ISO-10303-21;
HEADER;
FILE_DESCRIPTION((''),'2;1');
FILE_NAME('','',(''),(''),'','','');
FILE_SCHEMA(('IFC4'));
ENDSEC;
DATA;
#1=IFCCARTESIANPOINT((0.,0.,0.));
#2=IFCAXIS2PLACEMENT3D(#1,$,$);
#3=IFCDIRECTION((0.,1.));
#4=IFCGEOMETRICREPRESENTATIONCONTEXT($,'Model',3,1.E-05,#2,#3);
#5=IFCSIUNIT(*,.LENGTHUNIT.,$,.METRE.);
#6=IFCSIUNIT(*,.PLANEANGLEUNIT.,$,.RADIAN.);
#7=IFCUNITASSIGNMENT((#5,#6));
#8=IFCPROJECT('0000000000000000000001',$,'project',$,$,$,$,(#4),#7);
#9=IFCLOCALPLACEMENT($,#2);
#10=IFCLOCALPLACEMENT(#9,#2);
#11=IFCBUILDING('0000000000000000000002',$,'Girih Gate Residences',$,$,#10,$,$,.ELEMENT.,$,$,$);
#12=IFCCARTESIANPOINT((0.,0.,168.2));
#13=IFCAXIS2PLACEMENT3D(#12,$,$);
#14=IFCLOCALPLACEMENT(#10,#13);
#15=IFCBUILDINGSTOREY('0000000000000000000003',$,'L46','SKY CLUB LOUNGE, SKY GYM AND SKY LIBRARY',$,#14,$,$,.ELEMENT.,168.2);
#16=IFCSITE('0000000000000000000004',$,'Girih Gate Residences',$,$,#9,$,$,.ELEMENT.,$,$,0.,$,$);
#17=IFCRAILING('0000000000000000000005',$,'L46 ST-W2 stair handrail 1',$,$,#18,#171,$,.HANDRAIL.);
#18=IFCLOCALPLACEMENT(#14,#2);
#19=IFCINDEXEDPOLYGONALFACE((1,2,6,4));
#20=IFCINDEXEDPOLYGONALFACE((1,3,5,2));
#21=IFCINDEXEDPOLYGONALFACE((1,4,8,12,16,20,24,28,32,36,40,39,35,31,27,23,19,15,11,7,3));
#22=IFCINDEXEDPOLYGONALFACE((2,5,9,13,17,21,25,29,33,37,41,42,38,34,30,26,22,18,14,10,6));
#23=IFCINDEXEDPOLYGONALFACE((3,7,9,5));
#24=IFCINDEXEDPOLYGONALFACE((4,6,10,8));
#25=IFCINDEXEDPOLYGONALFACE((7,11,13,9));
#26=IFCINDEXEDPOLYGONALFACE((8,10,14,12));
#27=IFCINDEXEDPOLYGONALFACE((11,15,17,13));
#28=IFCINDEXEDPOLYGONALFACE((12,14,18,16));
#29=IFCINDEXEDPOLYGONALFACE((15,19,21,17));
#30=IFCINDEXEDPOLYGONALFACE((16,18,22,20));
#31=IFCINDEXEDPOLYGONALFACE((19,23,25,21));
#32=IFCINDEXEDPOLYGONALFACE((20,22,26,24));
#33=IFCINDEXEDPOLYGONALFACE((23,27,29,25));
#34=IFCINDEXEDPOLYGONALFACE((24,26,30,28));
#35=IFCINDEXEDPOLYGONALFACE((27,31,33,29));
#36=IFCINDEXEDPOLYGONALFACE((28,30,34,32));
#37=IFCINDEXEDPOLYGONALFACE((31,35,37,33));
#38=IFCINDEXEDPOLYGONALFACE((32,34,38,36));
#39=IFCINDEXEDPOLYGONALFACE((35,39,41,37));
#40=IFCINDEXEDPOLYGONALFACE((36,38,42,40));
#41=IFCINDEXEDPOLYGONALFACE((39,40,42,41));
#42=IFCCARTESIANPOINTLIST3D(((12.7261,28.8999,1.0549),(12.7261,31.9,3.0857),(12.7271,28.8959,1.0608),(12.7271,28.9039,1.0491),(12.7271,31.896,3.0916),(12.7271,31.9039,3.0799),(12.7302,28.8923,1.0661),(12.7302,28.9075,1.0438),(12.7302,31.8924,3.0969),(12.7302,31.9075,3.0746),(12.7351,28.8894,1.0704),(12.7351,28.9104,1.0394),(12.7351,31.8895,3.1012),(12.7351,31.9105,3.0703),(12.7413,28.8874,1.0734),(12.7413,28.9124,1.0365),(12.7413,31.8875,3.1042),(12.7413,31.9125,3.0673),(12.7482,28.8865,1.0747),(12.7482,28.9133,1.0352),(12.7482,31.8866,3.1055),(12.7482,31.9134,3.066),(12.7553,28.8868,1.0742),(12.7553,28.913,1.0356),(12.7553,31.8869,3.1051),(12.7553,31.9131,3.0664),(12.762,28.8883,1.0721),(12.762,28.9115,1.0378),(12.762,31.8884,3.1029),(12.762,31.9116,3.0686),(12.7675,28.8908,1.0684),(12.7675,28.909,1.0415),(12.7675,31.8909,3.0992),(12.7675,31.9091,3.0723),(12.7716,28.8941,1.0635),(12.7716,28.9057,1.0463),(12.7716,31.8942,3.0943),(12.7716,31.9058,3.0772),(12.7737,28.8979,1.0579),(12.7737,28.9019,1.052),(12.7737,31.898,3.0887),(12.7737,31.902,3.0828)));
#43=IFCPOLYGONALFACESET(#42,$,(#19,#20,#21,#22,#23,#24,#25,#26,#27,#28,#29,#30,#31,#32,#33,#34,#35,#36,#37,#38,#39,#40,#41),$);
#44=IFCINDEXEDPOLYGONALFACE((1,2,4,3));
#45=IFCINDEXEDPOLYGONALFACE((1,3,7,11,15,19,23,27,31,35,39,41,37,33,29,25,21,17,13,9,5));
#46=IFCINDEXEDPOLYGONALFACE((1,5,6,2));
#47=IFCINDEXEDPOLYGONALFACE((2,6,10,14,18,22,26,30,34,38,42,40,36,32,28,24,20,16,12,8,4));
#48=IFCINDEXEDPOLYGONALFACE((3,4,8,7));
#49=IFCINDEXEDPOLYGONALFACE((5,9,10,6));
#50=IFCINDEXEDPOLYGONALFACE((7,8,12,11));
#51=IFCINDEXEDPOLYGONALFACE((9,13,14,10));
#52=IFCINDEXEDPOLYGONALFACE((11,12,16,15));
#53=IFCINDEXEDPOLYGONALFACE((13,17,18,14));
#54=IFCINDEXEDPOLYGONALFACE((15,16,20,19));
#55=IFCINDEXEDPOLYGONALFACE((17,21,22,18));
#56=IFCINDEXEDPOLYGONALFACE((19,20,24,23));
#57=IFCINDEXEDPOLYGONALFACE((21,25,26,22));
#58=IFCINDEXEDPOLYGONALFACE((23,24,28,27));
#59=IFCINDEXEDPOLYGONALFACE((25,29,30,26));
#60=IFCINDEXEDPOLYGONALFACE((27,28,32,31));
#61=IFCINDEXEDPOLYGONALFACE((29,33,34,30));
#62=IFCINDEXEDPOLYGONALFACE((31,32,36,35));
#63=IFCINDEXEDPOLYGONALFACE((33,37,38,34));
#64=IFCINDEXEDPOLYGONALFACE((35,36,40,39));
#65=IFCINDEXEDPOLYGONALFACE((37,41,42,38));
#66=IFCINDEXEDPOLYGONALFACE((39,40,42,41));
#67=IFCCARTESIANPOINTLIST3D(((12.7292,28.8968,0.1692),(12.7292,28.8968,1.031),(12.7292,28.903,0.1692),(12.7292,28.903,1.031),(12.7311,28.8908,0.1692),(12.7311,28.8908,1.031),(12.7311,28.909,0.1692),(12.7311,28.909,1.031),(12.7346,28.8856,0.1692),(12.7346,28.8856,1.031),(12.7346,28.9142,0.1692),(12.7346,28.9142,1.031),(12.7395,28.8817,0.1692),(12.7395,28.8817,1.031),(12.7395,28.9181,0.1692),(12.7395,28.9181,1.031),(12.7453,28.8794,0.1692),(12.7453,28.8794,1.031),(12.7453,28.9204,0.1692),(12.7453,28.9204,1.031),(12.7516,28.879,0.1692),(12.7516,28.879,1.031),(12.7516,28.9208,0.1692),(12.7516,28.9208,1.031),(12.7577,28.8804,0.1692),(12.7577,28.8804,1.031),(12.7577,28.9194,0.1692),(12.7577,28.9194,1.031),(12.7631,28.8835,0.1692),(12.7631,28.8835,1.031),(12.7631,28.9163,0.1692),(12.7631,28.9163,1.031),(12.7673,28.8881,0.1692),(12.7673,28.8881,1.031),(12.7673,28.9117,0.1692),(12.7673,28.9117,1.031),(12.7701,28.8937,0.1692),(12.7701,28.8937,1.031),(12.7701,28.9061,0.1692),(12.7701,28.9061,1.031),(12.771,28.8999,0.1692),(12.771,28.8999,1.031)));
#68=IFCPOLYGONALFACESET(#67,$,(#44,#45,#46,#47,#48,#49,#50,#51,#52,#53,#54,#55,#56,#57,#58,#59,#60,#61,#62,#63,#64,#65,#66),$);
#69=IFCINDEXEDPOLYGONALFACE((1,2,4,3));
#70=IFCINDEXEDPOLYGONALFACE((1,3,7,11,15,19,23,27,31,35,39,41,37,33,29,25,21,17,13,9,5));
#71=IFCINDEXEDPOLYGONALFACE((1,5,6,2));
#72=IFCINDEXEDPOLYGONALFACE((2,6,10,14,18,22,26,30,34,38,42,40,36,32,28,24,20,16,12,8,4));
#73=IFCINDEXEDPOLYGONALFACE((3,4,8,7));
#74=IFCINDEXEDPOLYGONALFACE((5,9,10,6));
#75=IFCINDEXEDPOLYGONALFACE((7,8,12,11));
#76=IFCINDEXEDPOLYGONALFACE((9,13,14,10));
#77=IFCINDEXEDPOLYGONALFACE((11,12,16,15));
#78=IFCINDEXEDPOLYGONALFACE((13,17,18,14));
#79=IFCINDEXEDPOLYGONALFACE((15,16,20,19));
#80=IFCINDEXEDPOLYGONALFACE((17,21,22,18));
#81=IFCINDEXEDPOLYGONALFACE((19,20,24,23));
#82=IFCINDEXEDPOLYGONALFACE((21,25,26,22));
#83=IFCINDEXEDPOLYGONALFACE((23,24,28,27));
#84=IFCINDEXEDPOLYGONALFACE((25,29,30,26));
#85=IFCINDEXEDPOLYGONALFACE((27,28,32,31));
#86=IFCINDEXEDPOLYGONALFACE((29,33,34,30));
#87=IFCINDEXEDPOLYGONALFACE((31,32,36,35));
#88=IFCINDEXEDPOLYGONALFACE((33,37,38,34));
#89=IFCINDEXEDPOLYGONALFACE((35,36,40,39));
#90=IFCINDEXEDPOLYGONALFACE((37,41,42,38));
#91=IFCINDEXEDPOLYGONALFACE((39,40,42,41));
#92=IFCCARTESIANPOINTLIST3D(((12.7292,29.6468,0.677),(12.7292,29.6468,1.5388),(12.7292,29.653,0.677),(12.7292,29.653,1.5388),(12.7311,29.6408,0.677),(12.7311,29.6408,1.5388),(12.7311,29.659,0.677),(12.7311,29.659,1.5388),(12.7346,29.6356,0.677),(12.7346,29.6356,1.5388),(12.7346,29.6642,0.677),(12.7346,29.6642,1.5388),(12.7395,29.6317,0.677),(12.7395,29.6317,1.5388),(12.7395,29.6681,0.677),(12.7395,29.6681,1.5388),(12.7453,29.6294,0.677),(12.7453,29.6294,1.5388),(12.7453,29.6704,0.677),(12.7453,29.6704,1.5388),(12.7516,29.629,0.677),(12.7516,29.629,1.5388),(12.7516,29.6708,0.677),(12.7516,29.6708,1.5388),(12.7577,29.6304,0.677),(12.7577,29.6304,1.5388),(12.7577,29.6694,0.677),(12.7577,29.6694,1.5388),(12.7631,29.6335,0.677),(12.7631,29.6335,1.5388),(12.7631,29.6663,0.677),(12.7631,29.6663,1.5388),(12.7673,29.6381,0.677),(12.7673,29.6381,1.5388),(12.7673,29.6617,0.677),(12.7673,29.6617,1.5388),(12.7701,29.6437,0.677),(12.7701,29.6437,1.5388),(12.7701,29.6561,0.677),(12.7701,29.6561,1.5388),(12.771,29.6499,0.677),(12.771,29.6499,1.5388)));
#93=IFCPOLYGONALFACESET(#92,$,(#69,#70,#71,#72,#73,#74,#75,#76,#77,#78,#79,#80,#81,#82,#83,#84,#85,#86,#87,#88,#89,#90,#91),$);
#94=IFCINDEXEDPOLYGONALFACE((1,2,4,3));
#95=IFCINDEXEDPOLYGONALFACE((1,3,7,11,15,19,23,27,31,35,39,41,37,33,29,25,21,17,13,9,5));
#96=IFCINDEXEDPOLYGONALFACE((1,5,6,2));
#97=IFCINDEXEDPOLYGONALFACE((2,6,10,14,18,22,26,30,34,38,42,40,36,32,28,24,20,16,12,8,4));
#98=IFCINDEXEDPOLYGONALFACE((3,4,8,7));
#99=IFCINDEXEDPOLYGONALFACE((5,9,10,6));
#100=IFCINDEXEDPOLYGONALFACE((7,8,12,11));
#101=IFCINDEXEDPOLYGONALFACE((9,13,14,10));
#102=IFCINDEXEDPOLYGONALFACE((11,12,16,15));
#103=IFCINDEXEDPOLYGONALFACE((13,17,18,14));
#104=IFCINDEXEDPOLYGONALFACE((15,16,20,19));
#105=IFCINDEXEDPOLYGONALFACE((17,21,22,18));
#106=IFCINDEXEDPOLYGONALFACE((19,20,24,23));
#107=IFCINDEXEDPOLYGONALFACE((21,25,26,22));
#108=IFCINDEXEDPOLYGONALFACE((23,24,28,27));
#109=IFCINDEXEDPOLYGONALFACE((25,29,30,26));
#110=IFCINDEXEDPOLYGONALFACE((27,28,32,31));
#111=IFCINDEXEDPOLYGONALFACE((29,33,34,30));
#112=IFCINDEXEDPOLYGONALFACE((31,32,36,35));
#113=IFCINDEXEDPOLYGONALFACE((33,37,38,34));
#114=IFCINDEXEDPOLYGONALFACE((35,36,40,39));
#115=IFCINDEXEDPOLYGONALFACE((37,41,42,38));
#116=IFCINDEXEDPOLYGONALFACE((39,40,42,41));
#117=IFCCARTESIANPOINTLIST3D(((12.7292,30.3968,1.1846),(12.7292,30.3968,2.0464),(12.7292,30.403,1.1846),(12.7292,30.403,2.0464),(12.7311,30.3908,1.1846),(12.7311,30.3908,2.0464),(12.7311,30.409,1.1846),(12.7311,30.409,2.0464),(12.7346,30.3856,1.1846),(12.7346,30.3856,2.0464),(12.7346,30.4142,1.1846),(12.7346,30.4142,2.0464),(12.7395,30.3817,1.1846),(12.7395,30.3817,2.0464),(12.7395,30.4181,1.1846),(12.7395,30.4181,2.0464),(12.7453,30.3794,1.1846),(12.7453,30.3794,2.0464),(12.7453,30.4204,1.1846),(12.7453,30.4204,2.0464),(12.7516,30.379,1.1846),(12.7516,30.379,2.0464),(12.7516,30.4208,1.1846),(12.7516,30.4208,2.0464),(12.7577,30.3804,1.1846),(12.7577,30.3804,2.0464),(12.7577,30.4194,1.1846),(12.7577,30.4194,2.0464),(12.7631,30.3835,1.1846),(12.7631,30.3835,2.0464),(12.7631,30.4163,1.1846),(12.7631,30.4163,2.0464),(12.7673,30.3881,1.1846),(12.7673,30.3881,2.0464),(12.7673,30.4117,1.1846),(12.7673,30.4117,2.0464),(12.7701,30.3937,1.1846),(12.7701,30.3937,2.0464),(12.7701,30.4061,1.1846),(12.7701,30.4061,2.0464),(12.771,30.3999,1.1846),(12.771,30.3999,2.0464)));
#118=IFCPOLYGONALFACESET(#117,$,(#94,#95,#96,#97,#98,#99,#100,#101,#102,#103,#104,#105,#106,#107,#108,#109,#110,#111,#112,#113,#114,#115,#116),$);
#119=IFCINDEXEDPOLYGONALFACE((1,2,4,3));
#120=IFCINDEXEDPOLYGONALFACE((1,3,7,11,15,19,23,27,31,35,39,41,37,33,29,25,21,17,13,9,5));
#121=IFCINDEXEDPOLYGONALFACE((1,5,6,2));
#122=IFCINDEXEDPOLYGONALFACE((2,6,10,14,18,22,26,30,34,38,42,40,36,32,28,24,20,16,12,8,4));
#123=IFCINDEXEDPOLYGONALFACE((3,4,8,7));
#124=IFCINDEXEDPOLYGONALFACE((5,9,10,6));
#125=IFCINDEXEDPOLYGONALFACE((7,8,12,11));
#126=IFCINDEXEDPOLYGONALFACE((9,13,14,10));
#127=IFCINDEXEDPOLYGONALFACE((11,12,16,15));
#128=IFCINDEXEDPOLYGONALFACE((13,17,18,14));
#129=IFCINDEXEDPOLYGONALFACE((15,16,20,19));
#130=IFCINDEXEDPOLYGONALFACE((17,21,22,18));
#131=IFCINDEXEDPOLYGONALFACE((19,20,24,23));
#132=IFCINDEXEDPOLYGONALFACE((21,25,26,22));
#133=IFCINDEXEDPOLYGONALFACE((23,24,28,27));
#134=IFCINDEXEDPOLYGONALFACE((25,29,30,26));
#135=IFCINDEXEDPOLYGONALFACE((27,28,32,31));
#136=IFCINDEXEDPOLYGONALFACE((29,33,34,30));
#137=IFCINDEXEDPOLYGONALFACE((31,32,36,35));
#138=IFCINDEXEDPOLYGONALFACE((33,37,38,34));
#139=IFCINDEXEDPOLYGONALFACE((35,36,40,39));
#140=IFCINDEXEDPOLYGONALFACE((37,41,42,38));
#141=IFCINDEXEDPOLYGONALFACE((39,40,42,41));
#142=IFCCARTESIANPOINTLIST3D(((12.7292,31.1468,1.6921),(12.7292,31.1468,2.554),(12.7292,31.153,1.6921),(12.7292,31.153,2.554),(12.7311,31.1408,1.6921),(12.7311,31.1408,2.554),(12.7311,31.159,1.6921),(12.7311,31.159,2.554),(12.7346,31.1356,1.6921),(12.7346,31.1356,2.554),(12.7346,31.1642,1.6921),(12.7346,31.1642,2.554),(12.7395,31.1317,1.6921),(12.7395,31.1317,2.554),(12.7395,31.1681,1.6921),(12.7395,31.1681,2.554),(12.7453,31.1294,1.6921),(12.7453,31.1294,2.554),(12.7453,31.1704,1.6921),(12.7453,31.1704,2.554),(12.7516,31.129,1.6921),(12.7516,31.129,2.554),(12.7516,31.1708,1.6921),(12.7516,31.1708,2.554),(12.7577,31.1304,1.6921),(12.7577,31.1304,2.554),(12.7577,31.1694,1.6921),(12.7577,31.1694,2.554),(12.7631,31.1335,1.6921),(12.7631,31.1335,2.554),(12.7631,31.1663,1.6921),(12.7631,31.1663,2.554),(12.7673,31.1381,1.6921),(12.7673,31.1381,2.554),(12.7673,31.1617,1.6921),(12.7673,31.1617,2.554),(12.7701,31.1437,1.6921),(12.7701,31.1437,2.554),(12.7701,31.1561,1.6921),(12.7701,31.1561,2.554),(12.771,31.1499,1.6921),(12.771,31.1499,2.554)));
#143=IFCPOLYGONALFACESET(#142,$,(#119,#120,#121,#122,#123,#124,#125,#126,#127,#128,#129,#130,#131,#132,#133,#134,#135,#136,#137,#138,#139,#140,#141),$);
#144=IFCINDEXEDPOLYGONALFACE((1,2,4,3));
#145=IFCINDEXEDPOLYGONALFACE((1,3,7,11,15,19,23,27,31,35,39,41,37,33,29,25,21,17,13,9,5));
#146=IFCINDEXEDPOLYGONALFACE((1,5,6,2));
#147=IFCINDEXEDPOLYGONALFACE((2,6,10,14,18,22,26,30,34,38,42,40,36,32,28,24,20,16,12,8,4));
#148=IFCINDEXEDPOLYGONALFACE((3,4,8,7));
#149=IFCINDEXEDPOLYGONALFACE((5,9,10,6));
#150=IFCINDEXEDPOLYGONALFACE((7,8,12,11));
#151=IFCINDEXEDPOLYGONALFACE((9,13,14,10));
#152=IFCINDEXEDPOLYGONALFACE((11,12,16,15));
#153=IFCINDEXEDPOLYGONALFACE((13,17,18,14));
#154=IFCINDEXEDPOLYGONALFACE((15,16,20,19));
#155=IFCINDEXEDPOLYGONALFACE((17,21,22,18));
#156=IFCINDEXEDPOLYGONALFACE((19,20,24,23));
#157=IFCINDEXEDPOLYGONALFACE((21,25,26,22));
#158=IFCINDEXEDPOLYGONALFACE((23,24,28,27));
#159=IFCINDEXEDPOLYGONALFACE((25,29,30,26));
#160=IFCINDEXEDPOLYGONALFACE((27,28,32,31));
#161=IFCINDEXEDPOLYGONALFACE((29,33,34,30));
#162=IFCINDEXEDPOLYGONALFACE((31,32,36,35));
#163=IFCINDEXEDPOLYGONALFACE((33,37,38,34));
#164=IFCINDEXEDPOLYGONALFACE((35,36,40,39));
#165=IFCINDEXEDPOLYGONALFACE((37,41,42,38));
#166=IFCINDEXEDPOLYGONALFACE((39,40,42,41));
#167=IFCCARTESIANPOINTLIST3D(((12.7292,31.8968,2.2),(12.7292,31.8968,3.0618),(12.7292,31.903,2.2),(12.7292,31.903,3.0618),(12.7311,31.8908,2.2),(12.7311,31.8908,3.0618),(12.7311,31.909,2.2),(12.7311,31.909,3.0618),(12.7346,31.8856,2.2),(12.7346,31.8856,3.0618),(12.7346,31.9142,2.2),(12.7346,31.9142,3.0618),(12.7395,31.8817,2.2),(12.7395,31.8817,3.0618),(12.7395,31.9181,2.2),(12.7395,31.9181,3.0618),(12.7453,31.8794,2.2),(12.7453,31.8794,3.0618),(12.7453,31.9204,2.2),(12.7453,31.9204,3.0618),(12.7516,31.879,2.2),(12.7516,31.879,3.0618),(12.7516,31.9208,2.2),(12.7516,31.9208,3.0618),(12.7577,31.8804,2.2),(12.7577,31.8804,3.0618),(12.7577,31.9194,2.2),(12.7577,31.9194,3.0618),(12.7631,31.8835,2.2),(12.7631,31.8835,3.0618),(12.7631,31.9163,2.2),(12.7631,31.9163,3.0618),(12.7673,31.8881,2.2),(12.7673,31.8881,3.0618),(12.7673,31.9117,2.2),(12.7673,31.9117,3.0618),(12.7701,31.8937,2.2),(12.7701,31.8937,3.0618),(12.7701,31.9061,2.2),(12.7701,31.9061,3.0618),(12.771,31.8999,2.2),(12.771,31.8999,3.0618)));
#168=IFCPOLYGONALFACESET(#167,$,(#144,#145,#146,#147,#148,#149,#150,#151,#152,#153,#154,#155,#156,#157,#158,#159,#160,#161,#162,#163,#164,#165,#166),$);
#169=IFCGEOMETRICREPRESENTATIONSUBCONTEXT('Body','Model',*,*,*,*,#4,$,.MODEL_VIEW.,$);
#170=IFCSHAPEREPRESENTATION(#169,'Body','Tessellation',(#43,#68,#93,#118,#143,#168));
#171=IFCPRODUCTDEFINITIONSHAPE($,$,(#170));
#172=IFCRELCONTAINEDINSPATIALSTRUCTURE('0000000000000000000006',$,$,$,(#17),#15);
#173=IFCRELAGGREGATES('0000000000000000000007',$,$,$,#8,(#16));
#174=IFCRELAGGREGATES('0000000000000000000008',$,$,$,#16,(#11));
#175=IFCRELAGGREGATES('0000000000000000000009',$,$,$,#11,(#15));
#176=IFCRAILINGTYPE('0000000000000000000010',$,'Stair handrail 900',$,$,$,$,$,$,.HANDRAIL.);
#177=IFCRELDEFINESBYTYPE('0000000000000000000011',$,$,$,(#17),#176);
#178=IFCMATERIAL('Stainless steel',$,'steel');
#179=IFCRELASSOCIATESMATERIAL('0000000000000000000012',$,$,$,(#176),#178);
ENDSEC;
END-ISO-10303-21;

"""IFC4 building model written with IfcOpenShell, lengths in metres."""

from ifc_helpers import new_model, si_unit, direction, frame, origin, origin_2d, place, context, subcontext, project, spatial, circle, extrude, material, type_object, element, save


model = new_model("IFC4")

# Units and contexts
model_context = context("Model", 3, precision=1e-05, world=origin(), true_north=direction((0.0, 1.0)))
body_context = subcontext(model_context, "Body", "Model", "MODEL_VIEW")
ifc_project = project(units=[si_unit("LENGTHUNIT", "METRE"), si_unit("PLANEANGLEUNIT", "RADIAN")], contexts=[model_context])

# Site, building, storey
site_placement = place(None, origin())
site = spatial("IfcSite", under=ifc_project, at=site_placement, Name="Girih Gate Residences", CompositionType="ELEMENT", RefElevation=0.0)
building_placement = place(site_placement, origin())
building = spatial("IfcBuilding", under=site, at=building_placement, Name="Girih Gate Residences", CompositionType="ELEMENT")
storey_placement = place(building_placement, frame((0.0, 0.0, 168.2)))
storey = spatial("IfcBuildingStorey", under=building, at=storey_placement, Name="L46", Description="SKY CLUB LOUNGE, SKY GYM AND SKY LIBRARY", CompositionType="ELEMENT", Elevation=168.2)

# Railing
ifc_material_1 = material(Name="Stainless steel", Category="steel")
railing_type_1 = type_object("IfcRailingType", Name="Stair handrail 900", PredefinedType="HANDRAIL", material=ifc_material_1)
railing_1_placement = place(storey_placement, frame((12.75, 28.8999, 0.1692)))
element("IfcRailing", 1, at=railing_1_placement, inside=storey, type_object=railing_type_1, Name="L46 ST-W2 stair handrail 1", PredefinedType="HANDRAIL", context=body_context, shape_type="SweptSolid", body=[
    extrude(circle(Radius=0.0239, at=origin_2d()), frame((0.0, 0.0, 0.8857), z_axis=(0.0, 0.82811, 0.560565), x_axis=(-1.0, 0.0, 0.0)), (0.0, 0.0, 1.0), 3.6228),
    extrude(circle(Radius=0.021, at=origin_2d()), origin(), (0.0, 0.0, 1.0), 0.8618),
    extrude(circle(Radius=0.021, at=origin_2d()), frame((0.0, 0.75, 0.5078)), (0.0, 0.0, 1.0), 0.8618),
    extrude(circle(Radius=0.021, at=origin_2d()), frame((0.0, 1.5, 1.0154)), (0.0, 0.0, 1.0), 0.8618),
    extrude(circle(Radius=0.021, at=origin_2d()), frame((0.0, 2.25, 1.5229)), (0.0, 0.0, 1.0), 0.8618),
    extrude(circle(Radius=0.021, at=origin_2d()), frame((0.0, 3.0, 2.0308)), (0.0, 0.0, 1.0), 0.8618),
])

save(model, "model.ifc")
